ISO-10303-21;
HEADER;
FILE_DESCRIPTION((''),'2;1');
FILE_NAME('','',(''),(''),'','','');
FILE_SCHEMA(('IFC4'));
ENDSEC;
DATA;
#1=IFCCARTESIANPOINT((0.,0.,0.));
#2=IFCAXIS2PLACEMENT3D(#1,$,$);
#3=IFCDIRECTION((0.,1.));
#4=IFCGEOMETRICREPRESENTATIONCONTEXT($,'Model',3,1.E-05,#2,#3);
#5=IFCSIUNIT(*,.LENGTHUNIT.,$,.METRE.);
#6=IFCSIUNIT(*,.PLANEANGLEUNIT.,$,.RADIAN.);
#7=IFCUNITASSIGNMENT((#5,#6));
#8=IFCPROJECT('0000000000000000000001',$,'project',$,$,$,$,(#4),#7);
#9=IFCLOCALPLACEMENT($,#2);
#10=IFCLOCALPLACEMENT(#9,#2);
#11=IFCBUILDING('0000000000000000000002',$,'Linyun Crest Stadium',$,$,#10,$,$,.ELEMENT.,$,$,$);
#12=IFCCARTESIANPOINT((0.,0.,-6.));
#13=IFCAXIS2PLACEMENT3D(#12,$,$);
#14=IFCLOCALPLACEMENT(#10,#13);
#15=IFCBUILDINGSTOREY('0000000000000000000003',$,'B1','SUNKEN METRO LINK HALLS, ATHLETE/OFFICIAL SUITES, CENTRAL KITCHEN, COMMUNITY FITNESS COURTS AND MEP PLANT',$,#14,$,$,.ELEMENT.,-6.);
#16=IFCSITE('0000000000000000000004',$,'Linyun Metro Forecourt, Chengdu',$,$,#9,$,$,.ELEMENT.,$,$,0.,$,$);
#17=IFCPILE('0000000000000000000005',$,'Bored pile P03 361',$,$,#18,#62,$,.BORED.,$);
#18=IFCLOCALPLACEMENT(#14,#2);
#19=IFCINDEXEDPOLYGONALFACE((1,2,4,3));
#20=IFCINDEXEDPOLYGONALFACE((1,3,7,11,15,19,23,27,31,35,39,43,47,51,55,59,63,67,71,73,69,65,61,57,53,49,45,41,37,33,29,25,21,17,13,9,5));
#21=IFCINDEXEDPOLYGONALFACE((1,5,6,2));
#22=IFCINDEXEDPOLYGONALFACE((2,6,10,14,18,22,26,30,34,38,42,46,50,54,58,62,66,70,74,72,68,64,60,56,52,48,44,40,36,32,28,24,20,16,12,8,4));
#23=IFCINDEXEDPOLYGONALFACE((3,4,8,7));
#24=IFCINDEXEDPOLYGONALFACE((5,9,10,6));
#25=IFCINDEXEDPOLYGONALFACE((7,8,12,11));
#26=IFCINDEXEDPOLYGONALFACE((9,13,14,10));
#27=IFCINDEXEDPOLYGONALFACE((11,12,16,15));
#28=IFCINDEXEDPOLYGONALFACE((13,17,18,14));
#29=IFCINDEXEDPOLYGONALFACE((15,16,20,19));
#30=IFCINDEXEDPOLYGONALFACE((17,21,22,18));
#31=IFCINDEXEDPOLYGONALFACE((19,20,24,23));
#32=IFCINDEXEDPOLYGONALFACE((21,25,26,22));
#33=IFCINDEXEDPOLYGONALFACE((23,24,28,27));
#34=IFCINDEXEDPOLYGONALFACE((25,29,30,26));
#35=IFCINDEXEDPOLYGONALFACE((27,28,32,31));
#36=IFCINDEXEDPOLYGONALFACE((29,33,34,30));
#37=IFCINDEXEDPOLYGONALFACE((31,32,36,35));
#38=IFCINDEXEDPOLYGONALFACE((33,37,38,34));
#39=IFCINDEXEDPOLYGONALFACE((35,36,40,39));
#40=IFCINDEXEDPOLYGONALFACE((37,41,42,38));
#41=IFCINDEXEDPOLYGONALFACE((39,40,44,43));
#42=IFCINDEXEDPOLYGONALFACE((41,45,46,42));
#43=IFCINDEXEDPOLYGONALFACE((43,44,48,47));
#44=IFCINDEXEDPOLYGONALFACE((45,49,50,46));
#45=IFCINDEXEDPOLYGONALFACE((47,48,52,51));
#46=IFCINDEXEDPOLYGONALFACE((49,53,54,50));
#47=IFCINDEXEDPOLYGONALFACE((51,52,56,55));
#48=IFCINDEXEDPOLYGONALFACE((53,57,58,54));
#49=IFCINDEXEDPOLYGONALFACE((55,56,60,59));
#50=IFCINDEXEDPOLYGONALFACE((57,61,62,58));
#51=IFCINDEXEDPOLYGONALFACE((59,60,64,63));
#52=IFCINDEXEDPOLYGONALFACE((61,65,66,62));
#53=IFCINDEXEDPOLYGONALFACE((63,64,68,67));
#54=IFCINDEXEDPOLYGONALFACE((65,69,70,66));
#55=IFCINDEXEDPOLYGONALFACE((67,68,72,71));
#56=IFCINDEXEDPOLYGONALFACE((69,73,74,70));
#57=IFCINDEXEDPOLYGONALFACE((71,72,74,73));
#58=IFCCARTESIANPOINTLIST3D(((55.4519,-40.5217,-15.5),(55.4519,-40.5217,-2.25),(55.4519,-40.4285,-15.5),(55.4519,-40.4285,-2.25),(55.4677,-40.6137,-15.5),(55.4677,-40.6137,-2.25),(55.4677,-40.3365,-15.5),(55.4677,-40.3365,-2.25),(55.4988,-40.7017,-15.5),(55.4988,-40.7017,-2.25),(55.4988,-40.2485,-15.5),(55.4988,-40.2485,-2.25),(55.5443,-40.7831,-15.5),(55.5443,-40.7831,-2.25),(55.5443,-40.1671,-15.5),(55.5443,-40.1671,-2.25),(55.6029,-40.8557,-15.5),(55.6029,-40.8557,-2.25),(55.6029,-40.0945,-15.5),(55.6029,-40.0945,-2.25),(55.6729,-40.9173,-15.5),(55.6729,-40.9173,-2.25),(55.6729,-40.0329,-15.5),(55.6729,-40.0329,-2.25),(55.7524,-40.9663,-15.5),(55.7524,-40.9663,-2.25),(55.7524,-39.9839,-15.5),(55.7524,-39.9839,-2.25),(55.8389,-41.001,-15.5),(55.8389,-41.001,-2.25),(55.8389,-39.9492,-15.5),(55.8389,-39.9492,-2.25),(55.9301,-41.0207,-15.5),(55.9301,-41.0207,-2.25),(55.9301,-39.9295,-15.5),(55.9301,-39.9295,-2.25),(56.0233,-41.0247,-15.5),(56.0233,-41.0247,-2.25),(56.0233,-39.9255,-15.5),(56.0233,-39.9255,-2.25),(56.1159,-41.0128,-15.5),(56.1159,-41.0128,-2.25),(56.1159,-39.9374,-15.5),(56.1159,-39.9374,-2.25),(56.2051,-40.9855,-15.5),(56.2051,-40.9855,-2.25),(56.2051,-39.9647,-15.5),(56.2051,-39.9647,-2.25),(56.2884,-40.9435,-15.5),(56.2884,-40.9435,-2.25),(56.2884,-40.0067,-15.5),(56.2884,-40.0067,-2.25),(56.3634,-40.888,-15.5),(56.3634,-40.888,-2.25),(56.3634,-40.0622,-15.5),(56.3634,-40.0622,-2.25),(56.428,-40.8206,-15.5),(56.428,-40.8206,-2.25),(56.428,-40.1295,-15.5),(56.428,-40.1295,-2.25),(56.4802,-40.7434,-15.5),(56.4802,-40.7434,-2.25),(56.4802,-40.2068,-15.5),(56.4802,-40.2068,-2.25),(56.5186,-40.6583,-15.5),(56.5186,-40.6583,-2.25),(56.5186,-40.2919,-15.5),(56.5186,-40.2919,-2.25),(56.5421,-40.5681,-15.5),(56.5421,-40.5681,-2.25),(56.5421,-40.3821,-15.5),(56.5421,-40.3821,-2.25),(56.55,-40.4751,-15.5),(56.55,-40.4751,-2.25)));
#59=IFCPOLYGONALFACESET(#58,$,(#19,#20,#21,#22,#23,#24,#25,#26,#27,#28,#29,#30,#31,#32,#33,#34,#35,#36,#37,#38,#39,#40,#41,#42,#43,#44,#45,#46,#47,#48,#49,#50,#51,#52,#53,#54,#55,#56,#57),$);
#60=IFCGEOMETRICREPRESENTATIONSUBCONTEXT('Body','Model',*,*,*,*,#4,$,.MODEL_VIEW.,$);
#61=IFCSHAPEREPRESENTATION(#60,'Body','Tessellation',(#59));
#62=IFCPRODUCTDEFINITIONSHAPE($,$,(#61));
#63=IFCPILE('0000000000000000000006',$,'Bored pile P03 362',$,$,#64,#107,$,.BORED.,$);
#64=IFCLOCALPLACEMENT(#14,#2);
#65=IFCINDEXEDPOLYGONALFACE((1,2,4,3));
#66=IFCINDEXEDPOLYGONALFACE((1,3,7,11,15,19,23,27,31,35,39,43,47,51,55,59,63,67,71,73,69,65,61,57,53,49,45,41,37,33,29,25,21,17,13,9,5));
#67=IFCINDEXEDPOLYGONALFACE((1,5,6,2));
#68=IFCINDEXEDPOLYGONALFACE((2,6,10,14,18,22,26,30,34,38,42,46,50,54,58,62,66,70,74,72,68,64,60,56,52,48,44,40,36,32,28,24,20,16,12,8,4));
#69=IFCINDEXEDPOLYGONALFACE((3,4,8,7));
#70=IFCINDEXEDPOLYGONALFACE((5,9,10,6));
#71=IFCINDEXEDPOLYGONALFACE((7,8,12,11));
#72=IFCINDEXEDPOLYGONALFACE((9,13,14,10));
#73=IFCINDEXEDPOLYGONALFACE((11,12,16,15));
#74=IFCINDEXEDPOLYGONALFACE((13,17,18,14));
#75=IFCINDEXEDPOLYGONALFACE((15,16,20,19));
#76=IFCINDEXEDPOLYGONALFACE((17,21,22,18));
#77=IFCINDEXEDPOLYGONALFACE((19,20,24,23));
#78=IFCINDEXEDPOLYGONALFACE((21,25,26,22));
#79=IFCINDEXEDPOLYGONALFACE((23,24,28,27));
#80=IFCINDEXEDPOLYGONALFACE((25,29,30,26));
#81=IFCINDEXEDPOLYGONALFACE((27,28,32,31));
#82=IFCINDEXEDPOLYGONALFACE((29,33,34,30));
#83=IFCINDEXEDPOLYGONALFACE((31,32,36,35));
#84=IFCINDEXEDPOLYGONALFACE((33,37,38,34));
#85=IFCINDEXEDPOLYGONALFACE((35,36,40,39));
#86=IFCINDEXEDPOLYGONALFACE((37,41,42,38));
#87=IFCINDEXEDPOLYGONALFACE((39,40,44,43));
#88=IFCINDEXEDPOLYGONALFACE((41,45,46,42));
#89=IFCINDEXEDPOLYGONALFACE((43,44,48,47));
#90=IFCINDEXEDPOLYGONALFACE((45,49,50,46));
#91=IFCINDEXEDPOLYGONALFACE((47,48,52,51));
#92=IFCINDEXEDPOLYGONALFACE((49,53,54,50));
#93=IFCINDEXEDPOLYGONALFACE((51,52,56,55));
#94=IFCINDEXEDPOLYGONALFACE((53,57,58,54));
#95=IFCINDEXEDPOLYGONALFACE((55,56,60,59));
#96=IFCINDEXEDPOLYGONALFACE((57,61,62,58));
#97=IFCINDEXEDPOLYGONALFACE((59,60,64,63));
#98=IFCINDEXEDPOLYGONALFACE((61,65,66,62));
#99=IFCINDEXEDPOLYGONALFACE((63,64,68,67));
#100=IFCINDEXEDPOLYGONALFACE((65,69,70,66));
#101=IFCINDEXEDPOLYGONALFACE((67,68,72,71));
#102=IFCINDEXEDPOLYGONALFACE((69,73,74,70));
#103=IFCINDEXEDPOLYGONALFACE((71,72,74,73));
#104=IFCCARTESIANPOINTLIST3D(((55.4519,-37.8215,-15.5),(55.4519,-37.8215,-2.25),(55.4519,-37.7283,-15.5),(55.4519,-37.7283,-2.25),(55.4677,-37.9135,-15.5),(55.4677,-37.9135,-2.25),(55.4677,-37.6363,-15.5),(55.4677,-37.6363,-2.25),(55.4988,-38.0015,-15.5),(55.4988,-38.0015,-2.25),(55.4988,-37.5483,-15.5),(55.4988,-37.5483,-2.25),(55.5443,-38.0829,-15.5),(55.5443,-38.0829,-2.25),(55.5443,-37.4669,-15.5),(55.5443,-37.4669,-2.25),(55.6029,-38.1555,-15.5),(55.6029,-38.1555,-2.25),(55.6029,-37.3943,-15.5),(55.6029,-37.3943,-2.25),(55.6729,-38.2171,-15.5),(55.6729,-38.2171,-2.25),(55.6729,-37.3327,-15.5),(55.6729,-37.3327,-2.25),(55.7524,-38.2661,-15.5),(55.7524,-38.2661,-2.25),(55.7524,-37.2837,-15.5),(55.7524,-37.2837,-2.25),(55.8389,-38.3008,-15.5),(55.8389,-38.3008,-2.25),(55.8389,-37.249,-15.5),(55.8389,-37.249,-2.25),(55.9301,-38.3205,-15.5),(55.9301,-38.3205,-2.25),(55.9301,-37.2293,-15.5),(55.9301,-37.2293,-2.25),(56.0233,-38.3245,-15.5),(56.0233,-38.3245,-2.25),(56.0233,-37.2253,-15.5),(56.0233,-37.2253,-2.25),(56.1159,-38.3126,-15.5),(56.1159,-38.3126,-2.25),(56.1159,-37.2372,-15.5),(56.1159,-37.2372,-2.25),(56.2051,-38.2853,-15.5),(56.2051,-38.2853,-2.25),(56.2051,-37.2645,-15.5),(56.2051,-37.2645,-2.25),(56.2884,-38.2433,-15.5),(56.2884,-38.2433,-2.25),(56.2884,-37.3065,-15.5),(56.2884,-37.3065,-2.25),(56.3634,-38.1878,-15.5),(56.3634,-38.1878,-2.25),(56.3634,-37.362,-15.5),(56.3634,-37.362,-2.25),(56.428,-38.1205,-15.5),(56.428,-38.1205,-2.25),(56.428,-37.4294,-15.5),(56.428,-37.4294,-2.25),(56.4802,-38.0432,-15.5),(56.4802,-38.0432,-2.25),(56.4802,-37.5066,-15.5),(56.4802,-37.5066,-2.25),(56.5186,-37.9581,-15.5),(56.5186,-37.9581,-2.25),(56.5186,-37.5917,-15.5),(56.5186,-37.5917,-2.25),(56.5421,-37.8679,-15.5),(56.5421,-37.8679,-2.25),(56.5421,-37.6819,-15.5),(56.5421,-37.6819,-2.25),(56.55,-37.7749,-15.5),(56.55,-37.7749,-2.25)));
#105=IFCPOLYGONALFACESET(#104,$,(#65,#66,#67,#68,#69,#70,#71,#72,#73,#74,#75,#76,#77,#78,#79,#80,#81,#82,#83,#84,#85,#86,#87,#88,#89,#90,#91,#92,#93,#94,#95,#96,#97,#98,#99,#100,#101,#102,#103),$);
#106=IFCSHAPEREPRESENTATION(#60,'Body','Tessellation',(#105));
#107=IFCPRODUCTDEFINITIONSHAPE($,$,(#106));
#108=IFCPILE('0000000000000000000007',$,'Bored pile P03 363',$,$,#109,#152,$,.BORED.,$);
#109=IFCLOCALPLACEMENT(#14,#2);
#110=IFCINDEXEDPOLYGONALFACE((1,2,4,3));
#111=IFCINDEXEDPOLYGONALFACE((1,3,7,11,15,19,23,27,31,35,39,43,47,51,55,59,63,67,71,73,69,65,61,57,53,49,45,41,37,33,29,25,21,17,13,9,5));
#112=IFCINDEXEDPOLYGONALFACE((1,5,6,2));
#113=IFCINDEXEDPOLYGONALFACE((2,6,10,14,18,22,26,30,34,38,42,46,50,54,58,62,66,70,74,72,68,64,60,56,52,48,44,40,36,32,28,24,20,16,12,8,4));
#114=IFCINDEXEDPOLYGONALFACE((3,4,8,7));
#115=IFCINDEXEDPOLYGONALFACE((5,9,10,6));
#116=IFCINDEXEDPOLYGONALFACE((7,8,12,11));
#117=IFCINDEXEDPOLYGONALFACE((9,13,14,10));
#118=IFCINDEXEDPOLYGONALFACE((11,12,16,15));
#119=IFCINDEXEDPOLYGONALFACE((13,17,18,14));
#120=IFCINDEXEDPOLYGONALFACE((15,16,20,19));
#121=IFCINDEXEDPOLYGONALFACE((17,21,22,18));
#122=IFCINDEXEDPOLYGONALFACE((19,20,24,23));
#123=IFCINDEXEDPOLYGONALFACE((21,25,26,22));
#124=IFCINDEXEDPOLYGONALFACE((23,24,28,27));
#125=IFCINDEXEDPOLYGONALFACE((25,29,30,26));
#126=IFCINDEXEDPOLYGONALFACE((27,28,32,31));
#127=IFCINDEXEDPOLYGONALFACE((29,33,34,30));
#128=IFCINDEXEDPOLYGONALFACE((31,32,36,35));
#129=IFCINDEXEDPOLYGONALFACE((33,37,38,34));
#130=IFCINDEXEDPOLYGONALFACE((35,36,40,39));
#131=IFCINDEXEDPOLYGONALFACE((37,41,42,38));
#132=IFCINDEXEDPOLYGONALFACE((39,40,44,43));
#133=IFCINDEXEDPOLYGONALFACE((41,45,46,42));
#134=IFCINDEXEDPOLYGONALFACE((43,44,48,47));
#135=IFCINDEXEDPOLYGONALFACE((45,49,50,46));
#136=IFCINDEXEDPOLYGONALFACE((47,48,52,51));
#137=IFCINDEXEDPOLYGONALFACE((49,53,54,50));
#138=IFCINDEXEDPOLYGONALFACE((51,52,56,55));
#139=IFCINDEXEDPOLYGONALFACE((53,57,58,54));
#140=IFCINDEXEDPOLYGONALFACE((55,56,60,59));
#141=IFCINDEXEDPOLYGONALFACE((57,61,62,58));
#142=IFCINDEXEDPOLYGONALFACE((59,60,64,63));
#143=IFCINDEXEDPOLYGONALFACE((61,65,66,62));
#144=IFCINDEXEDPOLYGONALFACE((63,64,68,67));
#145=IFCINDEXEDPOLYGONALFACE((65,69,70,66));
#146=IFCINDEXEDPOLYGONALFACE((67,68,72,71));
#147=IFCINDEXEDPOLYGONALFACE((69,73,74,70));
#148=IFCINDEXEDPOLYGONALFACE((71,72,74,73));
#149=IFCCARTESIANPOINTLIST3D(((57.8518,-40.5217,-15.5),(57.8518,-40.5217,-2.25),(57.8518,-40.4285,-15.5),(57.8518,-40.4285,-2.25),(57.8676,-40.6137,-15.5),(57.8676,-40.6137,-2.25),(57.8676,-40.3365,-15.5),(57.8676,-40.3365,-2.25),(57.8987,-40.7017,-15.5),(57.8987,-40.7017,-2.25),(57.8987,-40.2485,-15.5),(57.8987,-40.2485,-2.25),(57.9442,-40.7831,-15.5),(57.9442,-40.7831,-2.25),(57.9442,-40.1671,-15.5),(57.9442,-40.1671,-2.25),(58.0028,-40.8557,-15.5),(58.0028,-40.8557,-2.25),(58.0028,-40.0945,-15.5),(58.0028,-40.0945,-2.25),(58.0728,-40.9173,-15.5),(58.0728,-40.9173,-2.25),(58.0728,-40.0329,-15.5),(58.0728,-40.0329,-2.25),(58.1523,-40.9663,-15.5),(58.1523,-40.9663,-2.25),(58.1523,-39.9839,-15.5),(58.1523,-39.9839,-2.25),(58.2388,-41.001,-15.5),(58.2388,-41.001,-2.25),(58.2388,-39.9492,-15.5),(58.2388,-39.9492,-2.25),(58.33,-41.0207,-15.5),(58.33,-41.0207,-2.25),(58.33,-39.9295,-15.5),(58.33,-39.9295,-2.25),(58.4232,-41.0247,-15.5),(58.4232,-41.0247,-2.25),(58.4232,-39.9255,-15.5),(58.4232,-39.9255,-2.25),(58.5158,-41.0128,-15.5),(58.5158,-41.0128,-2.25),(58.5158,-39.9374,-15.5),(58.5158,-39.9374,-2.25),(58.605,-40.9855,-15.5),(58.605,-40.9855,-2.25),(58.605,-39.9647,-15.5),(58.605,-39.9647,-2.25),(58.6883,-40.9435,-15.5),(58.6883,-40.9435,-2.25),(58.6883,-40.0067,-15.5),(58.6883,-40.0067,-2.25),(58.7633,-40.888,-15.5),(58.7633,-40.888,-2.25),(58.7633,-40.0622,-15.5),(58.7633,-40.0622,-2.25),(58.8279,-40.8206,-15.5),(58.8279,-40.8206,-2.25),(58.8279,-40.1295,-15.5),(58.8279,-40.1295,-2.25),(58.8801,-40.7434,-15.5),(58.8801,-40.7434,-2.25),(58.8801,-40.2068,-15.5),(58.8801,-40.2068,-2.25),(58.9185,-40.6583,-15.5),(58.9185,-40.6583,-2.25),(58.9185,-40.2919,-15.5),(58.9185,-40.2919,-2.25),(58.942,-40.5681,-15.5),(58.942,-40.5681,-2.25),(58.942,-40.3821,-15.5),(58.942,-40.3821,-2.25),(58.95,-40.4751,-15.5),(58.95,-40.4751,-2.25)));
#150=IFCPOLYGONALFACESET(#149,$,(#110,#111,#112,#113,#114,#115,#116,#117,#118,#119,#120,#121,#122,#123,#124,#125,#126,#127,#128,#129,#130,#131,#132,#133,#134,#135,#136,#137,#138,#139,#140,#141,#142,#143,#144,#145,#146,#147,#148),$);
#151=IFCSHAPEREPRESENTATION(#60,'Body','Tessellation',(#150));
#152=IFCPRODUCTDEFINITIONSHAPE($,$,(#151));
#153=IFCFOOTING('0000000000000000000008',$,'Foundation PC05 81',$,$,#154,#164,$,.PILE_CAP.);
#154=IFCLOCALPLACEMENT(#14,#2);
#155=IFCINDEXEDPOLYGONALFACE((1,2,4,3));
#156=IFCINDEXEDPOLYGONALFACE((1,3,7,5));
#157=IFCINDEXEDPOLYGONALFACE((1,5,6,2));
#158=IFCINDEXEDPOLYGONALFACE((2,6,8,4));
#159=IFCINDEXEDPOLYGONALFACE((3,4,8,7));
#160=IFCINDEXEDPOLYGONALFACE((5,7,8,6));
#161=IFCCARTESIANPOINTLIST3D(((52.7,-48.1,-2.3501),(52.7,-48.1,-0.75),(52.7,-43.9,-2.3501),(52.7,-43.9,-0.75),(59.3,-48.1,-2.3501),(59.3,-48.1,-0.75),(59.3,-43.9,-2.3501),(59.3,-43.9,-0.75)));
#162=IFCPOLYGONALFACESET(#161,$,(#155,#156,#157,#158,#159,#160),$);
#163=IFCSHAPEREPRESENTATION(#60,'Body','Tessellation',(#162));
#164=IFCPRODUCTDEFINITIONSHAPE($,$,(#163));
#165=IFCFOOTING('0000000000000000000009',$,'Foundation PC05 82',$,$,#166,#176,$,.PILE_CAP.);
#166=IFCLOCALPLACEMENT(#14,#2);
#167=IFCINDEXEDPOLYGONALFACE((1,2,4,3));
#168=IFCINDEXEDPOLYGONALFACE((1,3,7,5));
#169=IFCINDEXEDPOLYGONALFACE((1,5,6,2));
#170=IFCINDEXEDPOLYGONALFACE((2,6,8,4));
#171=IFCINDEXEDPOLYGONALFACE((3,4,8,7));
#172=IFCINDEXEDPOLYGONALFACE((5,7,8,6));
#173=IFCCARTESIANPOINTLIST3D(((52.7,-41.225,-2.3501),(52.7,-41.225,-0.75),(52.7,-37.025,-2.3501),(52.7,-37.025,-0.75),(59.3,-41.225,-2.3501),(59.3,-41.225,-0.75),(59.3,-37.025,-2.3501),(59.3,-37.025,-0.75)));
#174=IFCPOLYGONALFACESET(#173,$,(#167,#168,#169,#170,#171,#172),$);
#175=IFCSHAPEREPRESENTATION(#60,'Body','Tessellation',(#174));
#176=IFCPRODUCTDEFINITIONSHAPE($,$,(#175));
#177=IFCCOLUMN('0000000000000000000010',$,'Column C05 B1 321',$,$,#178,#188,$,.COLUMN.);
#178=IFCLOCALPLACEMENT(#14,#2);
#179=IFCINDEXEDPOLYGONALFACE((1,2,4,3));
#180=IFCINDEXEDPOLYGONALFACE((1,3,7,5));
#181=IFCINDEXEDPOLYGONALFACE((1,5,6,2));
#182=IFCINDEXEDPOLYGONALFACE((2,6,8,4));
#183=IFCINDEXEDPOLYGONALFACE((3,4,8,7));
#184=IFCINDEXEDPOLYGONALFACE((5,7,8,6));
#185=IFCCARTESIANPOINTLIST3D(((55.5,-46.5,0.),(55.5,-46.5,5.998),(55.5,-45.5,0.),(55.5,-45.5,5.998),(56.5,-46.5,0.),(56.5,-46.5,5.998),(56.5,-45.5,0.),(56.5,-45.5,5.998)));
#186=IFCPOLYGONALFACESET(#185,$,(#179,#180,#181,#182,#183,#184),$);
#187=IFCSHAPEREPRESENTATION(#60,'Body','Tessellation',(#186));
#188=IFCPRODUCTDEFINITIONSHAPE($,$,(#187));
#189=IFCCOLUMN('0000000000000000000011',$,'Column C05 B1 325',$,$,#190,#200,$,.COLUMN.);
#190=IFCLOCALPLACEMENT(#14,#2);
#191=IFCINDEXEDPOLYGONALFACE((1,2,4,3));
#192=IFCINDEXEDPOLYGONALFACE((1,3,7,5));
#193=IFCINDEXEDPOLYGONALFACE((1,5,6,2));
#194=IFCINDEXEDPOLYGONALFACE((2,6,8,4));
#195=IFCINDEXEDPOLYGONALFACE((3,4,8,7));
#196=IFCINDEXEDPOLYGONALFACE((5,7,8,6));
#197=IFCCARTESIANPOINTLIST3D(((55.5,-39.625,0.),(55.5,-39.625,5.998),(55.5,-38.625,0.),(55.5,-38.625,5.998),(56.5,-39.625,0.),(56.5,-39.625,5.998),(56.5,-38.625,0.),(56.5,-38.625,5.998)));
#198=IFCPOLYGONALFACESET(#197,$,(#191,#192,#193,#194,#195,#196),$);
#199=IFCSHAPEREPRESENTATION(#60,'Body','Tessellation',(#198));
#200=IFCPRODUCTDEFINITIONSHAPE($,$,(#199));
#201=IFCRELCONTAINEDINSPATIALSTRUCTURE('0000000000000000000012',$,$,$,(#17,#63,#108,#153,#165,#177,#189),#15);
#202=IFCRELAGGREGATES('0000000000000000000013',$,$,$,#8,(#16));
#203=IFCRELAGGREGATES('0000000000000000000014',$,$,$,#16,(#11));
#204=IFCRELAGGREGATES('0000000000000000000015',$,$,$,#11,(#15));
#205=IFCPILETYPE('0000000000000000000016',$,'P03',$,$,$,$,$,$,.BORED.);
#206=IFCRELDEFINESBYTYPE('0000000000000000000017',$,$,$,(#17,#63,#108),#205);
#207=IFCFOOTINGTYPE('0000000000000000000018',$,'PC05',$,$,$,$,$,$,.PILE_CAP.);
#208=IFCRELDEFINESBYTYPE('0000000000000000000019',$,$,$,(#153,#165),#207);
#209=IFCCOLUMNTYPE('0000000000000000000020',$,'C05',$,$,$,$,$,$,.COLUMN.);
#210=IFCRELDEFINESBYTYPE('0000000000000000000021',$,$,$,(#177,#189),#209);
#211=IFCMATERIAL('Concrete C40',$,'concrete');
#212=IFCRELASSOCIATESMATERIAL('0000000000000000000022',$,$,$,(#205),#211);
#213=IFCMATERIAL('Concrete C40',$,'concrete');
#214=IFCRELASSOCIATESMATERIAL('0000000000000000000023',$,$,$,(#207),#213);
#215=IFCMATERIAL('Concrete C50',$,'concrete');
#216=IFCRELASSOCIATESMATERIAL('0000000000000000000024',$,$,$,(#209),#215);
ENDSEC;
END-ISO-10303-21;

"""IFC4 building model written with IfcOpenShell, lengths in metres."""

from ifc_helpers import new_model, si_unit, direction, frame, origin, origin_2d, place, context, subcontext, project, spatial, rectangle, circle, extrude, material, material_profile, profile_set, type_object, element, save


model = new_model("IFC4")

# Units and contexts
model_context = context("Model", 3, precision=1e-05, world=origin(), true_north=direction((0.0, 1.0)))
body_context = subcontext(model_context, "Body", "Model", "MODEL_VIEW")
ifc_project = project(units=[si_unit("LENGTHUNIT", "METRE"), si_unit("PLANEANGLEUNIT", "RADIAN")], contexts=[model_context])

# Site, building, storey
site_placement = place(None, origin())
site = spatial("IfcSite", under=ifc_project, at=site_placement, Name="Linyun Metro Forecourt, Chengdu", CompositionType="ELEMENT", RefElevation=0.0)
building_placement = place(site_placement, origin())
building = spatial("IfcBuilding", under=site, at=building_placement, Name="Linyun Crest Stadium", CompositionType="ELEMENT")
storey_placement = place(building_placement, frame((0.0, 0.0, -6.0)))
storey = spatial("IfcBuildingStorey", under=building, at=storey_placement, Name="B1", Description="SUNKEN METRO LINK HALLS, ATHLETE/OFFICIAL SUITES, CENTRAL KITCHEN, COMMUNITY FITNESS COURTS AND MEP PLANT", CompositionType="ELEMENT", Elevation=-6.0)

# Piles
ifc_material_1 = material(Name="Concrete C40", Category="concrete")
ifc_material_profile_1 = material_profile(ifc_material_1, circle(Radius=0.55, at=origin_2d()), Name="BORED PILE 1100")
ifc_profile_set_1 = profile_set([ifc_material_profile_1], Name="Concrete C40")
pile_type = type_object("IfcPileType", Name="P03", PredefinedType="BORED", material=ifc_profile_set_1)
for number, where, z_axis, x_axis, name in (
    (1, (56.0, -40.4751, -2.25), (0.0, 0.0, -1.0), (1.0, 0.0, 0.0), "Bored pile P03 361"),
    (2, (56.0, -37.7749, -2.25), (0.0, 0.0, -1.0), (1.0, 0.0, 0.0), "Bored pile P03 362"),
    (3, (58.3999, -40.4751, -2.25), (0.0, 0.0, -1.0), (1.0, 0.0, 0.0), "Bored pile P03 363"),
):
    element("IfcPile", number, at=place(storey_placement, frame(where, z_axis=z_axis, x_axis=x_axis)), inside=storey, type_object=pile_type, Name=name, PredefinedType="BORED", context=body_context, shape_type="SweptSolid", body=[
        extrude(circle(Radius=0.55, at=origin_2d()), origin(), (0.0, 0.0, 1.0), 13.25),
    ])

# Footings
ifc_material_2 = material(Name="Concrete C40", Category="concrete")
footing_type = type_object("IfcFootingType", Name="PC05", PredefinedType="PILE_CAP", material=ifc_material_2)
for number, where, z_axis, x_axis, name in (
    (4, (56.0, -46.0, -2.3501), (0.0, 0.0, 1.0), (1.0, 0.0, 0.0), "Foundation PC05 81"),
    (5, (56.0, -39.125, -2.3501), (0.0, 0.0, 1.0), (1.0, 0.0, 0.0), "Foundation PC05 82"),
):
    element("IfcFooting", number, at=place(storey_placement, frame(where, z_axis=z_axis, x_axis=x_axis)), inside=storey, type_object=footing_type, Name=name, PredefinedType="PILE_CAP", context=body_context, shape_type="SweptSolid", body=[
        extrude(rectangle(XDim=6.6001, YDim=4.2, at=origin_2d()), origin(), (0.0, 0.0, 1.0), 1.6001),
    ])

# Columns
ifc_material_3 = material(Name="Concrete C50", Category="concrete")
ifc_material_profile_2 = material_profile(ifc_material_3, rectangle(XDim=1.0, YDim=1.0, at=origin_2d()), Name="RC 1000x1000")
ifc_profile_set_2 = profile_set([ifc_material_profile_2], Name="Concrete C50")
column_type = type_object("IfcColumnType", Name="C05", PredefinedType="COLUMN", material=ifc_profile_set_2)
for number, where, z_axis, x_axis, name in (
    (6, (56.0, -46.0, 0.0), (0.0, 0.0, 1.0), (1.0, 0.0, 0.0), "Column C05 B1 321"),
    (7, (56.0, -39.125, 0.0), (0.0, 0.0, 1.0), (1.0, 0.0, 0.0), "Column C05 B1 325"),
):
    element("IfcColumn", number, at=place(storey_placement, frame(where, z_axis=z_axis, x_axis=x_axis)), inside=storey, type_object=column_type, Name=name, PredefinedType="COLUMN", context=body_context, shape_type="SweptSolid", body=[
        extrude(rectangle(XDim=1.0, YDim=1.0, at=origin_2d()), origin(), (0.0, 0.0, 1.0), 5.998),
    ])

save(model, "model.ifc")
